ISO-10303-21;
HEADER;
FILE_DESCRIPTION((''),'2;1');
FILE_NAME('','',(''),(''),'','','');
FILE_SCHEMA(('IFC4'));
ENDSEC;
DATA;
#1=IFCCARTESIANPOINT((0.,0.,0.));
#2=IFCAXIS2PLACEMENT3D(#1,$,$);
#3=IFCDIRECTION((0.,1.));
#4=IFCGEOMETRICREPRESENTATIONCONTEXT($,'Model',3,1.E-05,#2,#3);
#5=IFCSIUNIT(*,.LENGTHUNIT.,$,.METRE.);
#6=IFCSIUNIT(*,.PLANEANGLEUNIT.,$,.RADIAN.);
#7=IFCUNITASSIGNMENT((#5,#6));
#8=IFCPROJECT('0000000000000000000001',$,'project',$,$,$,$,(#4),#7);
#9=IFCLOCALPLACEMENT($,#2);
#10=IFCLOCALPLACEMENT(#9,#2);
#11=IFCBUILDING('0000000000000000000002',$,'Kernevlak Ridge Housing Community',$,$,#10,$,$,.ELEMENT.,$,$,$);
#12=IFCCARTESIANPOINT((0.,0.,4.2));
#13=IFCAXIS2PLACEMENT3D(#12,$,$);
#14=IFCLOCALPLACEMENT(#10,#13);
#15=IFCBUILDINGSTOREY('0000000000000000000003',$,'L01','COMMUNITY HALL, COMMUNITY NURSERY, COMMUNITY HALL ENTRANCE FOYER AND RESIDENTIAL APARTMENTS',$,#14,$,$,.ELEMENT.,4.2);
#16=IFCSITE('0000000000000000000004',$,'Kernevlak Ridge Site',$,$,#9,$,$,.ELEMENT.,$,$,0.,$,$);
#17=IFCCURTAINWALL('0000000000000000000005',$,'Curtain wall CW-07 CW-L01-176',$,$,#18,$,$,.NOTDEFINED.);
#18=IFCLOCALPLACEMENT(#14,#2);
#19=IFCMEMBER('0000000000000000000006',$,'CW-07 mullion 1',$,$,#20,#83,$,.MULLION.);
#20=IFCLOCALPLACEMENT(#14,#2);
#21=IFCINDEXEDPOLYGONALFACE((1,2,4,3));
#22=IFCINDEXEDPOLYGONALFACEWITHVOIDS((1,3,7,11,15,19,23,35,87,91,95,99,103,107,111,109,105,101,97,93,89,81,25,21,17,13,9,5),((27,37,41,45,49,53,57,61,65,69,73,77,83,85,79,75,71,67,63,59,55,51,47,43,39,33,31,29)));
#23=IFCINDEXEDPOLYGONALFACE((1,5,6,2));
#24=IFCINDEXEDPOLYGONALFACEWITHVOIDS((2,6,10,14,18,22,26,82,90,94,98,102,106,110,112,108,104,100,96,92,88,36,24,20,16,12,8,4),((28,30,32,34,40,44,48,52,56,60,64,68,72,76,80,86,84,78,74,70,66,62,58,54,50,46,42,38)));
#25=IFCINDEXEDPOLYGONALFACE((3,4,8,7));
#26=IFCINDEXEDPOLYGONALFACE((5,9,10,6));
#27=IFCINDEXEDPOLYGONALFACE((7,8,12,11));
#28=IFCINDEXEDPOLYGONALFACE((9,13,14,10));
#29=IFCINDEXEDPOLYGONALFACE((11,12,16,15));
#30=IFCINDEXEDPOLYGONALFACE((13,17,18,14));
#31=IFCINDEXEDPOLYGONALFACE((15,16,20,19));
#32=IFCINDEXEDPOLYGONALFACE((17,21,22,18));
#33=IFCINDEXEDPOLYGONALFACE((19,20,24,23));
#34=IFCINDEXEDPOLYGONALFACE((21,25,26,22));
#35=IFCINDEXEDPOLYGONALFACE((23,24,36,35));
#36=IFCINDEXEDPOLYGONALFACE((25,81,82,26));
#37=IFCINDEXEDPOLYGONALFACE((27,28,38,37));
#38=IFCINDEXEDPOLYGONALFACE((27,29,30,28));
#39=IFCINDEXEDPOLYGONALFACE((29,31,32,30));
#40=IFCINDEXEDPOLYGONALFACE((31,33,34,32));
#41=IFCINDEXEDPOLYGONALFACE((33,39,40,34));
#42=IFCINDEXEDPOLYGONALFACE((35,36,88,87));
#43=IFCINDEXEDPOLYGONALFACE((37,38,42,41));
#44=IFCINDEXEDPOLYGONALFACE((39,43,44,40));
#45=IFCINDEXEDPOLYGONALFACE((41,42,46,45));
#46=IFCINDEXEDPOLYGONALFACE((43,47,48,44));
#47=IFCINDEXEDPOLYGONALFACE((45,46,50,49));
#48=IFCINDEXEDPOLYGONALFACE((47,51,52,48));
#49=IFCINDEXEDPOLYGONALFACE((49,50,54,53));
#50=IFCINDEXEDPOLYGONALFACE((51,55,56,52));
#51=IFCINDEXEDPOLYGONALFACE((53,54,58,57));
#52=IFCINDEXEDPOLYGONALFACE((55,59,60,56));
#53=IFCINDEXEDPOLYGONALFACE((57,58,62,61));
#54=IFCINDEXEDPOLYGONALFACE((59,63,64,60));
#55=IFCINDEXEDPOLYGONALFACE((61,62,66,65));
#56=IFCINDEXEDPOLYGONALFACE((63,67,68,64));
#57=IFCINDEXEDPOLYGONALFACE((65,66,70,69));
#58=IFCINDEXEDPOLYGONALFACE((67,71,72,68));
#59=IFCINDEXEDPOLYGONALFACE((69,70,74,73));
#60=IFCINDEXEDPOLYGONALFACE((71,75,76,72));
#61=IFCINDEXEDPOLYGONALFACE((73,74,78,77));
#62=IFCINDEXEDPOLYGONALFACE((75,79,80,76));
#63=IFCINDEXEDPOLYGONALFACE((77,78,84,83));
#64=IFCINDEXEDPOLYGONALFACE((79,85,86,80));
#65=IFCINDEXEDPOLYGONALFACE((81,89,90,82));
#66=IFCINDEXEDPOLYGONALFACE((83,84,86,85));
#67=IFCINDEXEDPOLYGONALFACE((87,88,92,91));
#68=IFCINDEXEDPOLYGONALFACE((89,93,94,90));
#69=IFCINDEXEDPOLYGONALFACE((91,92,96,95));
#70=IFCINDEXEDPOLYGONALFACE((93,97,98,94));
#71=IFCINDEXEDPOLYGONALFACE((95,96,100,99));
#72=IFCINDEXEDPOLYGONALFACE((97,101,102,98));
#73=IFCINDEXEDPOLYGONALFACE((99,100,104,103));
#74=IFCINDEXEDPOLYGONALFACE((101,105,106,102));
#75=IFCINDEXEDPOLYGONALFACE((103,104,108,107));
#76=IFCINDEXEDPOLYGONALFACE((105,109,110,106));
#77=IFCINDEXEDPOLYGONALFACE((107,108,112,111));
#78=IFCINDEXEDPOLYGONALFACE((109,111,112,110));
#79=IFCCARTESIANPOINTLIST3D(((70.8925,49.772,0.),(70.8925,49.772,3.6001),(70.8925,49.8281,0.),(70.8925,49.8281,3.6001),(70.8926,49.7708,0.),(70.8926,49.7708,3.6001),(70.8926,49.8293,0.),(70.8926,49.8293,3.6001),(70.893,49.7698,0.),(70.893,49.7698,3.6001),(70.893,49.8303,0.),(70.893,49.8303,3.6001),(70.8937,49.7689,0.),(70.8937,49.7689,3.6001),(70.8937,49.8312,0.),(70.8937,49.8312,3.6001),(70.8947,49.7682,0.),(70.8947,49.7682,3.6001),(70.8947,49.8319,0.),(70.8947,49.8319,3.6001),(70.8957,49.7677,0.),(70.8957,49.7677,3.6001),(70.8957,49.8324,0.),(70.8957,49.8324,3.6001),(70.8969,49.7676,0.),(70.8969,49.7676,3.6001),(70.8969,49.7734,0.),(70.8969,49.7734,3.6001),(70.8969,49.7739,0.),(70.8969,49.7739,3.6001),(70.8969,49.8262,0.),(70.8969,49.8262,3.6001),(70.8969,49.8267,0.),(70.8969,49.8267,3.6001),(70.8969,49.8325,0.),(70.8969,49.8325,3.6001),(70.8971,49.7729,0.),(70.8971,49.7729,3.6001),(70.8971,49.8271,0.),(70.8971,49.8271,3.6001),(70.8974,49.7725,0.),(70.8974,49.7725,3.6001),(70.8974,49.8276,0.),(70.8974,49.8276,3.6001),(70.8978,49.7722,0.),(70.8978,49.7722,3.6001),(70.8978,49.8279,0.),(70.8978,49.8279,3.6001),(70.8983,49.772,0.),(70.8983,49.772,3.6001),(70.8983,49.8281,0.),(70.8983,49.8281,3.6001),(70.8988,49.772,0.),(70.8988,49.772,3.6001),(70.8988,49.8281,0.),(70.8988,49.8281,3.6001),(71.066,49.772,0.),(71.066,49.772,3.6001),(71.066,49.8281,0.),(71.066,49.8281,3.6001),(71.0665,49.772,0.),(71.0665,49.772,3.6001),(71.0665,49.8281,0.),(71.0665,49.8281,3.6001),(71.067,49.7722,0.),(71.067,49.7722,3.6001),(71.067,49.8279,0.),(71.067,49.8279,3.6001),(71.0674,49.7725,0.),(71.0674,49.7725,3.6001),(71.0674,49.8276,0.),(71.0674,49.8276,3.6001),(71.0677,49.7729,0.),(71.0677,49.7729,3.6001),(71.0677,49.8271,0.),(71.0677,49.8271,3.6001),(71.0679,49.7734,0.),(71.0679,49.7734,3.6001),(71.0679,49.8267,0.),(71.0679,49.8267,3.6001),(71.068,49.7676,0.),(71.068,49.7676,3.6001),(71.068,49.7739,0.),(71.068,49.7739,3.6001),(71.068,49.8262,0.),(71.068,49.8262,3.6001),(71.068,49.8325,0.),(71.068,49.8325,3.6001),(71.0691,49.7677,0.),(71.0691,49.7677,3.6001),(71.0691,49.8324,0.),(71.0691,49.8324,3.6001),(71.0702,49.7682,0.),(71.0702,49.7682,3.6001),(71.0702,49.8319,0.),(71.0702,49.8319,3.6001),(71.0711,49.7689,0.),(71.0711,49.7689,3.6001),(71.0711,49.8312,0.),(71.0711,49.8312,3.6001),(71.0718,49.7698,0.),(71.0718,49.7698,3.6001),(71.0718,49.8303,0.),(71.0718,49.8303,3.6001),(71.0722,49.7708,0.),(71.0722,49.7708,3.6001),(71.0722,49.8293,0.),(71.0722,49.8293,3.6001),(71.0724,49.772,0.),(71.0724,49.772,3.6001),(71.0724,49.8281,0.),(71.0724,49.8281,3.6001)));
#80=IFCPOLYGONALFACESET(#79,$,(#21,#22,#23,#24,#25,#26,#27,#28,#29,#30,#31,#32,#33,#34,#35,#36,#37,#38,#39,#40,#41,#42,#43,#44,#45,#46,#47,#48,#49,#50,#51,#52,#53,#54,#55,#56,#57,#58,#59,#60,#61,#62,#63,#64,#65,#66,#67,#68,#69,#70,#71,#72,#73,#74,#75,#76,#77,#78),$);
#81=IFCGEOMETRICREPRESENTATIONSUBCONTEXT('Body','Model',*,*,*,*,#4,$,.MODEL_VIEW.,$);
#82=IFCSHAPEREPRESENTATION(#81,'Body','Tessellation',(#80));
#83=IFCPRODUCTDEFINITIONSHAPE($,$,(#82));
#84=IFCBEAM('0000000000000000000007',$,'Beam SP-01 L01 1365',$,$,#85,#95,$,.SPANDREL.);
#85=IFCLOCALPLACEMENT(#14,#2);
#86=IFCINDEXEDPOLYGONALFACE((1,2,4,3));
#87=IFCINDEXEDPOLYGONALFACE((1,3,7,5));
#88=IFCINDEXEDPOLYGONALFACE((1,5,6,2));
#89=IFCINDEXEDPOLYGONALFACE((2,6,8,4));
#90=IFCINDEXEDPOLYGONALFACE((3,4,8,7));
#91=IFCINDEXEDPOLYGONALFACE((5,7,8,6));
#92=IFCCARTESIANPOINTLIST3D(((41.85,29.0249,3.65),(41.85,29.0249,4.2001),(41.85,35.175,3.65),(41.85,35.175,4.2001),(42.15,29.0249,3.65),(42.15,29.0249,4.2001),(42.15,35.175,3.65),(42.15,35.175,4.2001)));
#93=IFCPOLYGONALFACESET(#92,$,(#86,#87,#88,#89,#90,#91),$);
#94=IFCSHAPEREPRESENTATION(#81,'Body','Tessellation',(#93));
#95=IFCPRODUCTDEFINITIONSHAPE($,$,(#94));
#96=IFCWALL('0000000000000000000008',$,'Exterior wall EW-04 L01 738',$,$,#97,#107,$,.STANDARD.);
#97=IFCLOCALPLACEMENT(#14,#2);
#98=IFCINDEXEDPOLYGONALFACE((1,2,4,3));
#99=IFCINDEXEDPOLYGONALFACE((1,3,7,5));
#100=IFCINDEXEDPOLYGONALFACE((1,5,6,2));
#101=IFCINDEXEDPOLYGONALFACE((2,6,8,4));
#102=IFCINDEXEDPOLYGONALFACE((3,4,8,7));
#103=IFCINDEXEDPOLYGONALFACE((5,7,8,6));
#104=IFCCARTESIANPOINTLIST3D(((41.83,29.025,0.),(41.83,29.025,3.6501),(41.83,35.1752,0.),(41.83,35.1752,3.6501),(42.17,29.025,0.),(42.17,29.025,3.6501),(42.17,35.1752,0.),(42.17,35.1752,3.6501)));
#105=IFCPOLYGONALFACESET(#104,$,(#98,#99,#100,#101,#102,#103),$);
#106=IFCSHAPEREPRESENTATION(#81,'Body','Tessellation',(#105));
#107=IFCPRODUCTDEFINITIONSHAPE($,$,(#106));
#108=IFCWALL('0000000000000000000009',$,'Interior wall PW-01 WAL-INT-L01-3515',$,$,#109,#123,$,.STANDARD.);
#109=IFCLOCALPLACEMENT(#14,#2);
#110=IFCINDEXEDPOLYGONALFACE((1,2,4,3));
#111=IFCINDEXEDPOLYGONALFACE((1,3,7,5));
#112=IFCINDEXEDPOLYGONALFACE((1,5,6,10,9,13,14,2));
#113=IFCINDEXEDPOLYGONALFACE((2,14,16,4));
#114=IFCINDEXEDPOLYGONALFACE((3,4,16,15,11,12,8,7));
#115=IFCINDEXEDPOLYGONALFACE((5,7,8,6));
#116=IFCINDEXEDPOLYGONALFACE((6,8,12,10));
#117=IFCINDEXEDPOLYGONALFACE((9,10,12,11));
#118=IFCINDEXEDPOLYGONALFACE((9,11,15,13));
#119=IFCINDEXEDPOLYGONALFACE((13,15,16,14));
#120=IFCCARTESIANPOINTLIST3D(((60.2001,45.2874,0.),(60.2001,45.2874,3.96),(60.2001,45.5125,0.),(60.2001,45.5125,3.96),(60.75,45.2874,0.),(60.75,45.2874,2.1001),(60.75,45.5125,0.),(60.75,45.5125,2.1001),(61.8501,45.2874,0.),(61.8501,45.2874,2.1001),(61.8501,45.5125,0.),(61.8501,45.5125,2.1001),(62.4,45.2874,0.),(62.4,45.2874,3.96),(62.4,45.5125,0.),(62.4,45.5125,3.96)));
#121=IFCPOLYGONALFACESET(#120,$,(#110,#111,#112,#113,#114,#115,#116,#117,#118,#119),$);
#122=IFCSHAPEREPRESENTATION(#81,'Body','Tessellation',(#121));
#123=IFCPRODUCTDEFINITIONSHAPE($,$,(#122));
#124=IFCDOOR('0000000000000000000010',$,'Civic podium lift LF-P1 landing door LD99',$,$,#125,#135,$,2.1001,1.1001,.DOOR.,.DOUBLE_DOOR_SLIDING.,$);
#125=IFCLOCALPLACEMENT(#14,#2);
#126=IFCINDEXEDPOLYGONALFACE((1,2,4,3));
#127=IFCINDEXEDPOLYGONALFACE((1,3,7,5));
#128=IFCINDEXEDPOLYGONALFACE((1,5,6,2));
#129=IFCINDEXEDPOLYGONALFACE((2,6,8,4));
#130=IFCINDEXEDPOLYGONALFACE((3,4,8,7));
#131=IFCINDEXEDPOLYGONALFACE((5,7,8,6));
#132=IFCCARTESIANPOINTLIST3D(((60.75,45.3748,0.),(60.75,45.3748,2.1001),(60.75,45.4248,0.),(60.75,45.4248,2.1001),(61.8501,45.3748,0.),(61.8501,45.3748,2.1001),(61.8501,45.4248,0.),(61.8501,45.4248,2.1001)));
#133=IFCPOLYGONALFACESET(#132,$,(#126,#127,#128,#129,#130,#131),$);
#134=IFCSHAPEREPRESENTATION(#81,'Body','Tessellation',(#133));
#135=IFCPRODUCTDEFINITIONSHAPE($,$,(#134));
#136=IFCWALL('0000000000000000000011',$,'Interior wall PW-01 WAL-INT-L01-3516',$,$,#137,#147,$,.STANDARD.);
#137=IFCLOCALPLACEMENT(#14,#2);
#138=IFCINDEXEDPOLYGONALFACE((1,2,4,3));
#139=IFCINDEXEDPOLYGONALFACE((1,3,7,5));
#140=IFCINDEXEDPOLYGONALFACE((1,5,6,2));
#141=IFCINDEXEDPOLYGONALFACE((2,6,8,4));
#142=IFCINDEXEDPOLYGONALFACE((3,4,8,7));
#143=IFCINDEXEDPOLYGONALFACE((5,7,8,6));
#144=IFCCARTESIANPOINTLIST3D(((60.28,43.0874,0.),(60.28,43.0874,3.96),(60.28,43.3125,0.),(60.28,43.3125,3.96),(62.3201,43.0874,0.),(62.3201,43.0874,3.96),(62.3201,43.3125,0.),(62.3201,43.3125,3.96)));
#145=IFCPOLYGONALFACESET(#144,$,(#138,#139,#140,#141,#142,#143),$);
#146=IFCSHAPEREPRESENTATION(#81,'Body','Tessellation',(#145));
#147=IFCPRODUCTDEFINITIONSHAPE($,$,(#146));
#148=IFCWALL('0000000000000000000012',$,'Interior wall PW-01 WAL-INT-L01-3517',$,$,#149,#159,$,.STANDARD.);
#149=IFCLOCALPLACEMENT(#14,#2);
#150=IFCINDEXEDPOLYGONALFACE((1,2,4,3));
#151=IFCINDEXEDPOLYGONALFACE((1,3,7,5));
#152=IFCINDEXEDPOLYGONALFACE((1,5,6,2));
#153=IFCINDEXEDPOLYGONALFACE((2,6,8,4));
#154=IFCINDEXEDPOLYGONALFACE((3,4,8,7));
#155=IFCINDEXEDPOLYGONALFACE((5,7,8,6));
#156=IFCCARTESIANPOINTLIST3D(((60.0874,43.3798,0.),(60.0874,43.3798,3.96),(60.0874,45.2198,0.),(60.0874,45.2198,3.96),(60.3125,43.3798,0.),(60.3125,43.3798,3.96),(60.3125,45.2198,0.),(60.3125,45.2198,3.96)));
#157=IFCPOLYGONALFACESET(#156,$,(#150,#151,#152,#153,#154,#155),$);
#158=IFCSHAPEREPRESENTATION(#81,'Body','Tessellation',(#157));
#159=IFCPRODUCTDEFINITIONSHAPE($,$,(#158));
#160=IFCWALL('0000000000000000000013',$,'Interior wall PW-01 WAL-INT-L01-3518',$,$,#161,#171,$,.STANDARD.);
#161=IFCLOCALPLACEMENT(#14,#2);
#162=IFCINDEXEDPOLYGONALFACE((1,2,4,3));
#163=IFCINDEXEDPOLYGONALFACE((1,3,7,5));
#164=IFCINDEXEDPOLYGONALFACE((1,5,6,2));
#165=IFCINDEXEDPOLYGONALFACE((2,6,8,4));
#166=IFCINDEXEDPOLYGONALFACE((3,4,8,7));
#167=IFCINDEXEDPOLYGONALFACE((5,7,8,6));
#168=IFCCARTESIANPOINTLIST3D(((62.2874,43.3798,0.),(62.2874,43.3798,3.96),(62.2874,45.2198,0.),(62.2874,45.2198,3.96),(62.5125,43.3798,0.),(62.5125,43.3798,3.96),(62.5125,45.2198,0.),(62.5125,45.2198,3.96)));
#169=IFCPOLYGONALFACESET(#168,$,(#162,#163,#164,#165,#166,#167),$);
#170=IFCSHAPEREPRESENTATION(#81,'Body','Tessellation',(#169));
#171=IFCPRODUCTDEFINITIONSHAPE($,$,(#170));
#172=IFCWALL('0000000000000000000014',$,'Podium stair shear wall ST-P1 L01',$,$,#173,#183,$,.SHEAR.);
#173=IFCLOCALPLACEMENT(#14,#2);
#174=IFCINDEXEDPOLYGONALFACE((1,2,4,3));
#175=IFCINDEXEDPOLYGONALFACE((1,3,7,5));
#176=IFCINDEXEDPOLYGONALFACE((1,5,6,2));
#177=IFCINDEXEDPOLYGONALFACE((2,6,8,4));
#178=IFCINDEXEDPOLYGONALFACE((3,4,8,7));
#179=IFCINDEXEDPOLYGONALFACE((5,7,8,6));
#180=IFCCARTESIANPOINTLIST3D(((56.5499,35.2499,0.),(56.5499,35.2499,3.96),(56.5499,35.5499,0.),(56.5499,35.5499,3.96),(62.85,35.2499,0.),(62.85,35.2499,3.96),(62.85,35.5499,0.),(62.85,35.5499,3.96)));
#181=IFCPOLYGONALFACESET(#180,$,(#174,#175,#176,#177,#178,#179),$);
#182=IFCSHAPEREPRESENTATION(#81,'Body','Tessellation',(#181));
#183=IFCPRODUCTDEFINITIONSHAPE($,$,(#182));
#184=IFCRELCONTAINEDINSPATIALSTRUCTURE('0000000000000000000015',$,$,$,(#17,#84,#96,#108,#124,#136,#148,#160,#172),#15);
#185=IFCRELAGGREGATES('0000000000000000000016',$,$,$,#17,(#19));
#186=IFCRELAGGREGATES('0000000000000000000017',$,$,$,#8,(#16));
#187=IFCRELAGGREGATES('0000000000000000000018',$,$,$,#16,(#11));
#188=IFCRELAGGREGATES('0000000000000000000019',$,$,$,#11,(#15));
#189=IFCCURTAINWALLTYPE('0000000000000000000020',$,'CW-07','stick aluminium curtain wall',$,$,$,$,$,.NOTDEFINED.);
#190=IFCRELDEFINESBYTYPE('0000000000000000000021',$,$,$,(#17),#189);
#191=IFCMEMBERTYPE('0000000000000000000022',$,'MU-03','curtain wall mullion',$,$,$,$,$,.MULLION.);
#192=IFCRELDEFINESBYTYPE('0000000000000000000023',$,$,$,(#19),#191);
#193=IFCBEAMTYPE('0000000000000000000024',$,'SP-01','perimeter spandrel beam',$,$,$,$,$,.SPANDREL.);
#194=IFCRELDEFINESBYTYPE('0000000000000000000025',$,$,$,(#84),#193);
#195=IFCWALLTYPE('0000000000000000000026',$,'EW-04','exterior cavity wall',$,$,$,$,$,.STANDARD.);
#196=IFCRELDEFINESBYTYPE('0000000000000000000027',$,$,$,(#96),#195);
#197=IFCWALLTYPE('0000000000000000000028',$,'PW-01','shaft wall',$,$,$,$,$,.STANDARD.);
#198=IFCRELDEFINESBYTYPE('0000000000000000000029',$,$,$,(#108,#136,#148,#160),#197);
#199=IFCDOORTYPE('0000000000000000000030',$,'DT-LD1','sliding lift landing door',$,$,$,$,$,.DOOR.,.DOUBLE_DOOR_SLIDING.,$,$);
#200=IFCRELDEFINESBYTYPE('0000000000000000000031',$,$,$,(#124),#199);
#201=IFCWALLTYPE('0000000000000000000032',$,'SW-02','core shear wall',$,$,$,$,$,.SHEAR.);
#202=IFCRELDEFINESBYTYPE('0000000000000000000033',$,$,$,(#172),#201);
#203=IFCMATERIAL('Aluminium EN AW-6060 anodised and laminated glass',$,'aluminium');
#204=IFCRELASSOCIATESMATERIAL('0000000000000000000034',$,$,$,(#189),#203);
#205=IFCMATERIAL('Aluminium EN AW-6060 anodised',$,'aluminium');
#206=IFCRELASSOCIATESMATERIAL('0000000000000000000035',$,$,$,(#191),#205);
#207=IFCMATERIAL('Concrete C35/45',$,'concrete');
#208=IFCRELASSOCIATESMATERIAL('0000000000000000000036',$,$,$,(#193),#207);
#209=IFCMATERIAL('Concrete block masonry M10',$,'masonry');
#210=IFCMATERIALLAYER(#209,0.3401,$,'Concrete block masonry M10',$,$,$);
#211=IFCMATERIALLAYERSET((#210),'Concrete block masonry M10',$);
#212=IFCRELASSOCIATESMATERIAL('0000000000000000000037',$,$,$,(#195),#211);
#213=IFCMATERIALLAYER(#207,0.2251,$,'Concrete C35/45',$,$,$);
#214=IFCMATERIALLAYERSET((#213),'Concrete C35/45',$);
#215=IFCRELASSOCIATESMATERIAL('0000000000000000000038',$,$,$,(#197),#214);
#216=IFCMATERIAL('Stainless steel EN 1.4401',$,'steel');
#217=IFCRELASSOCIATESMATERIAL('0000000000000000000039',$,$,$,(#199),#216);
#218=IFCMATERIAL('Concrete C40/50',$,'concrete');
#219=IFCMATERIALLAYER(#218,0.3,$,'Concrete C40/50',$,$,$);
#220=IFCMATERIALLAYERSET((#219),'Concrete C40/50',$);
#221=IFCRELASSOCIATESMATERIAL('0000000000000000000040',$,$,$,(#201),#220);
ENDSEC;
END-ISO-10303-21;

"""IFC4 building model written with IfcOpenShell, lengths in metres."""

from ifc_helpers import new_model, si_unit, direction, frame, frame_2d, origin, origin_2d, place, context, subcontext, project, spatial, rectangle, hollow_rectangle, extrude, material, layer, layer_set, material_profile, profile_set, type_object, element, fill, aggregate, save


model = new_model("IFC4")

# Units and contexts
model_context = context("Model", 3, precision=1e-05, world=origin(), true_north=direction((0.0, 1.0)))
body_context = subcontext(model_context, "Body", "Model", "MODEL_VIEW")
ifc_project = project(units=[si_unit("LENGTHUNIT", "METRE"), si_unit("PLANEANGLEUNIT", "RADIAN")], contexts=[model_context])

# Site, building, storey
site_placement = place(None, origin())
site = spatial("IfcSite", under=ifc_project, at=site_placement, Name="Kernevlak Ridge Site", CompositionType="ELEMENT", RefElevation=0.0)
building_placement = place(site_placement, origin())
building = spatial("IfcBuilding", under=site, at=building_placement, Name="Kernevlak Ridge Housing Community", CompositionType="ELEMENT")
storey_placement = place(building_placement, frame((0.0, 0.0, 4.2)))
storey = spatial("IfcBuildingStorey", under=building, at=storey_placement, Name="L01", Description="COMMUNITY HALL, COMMUNITY NURSERY, COMMUNITY HALL ENTRANCE FOYER AND RESIDENTIAL APARTMENTS", CompositionType="ELEMENT", Elevation=4.2)

# Shared definitions
ifc_material_1 = material(Name="Concrete C35/45", Category="concrete")

# Curtain wall, member
ifc_material_2 = material(Name="Aluminium EN AW-6060 anodised and laminated glass", Category="aluminium")
curtain_wall_type = type_object("IfcCurtainWallType", Name="CW-07", Description="stick aluminium curtain wall", PredefinedType="NOTDEFINED", material=ifc_material_2)
curtain_wall_placement = place(storey_placement, origin())
curtain_wall = element("IfcCurtainWall", 1, at=curtain_wall_placement, inside=storey, type_object=curtain_wall_type, Name="Curtain wall CW-07 CW-L01-176", PredefinedType="NOTDEFINED")
ifc_material_3 = material(Name="Aluminium EN AW-6060 anodised", Category="aluminium")
ifc_material_profile_1 = material_profile(ifc_material_3, hollow_rectangle(XDim=0.0649, YDim=0.1799, WallThickness=0.0044, InnerFilletRadius=0.002, OuterFilletRadius=0.0044, at=origin_2d()), Name="ALU 65x180x4.5")
ifc_profile_set_1 = profile_set([ifc_material_profile_1], Name="Aluminium EN AW-6060 anodised")
member_type = type_object("IfcMemberType", Name="MU-03", Description="curtain wall mullion", PredefinedType="MULLION", material=ifc_profile_set_1)
member_placement = place(storey_placement, frame((70.9824, 49.8, 0.0), z_axis=(0.0, 0.0, 1.0), x_axis=(0.0, 1.0, 0.0)))
member = element("IfcMember", 2, at=member_placement, type_object=member_type, Name="CW-07 mullion 1", PredefinedType="MULLION", context=body_context, shape_type="SweptSolid", body=[
    extrude(hollow_rectangle(XDim=0.0649, YDim=0.1799, WallThickness=0.0044, InnerFilletRadius=0.002, OuterFilletRadius=0.0044, at=origin_2d()), origin(), (0.0, 0.0, 1.0), 3.6001),
])
aggregate(curtain_wall, [member])

# Beam
ifc_material_profile_2 = material_profile(ifc_material_1, rectangle(XDim=0.3, YDim=0.55, at=origin_2d()), Name="RC 300x550")
ifc_profile_set_2 = profile_set([ifc_material_profile_2], Name="Concrete C35/45")
beam_type_1 = type_object("IfcBeamType", Name="SP-01", Description="perimeter spandrel beam", PredefinedType="SPANDREL", material=ifc_profile_set_2)
beam_1_placement = place(storey_placement, frame((42.0, 29.0249, 3.925), z_axis=(0.0, 1.0, 0.0), x_axis=(-1.0, 0.0, 0.0)))
element("IfcBeam", 3, at=beam_1_placement, inside=storey, type_object=beam_type_1, Name="Beam SP-01 L01 1365", PredefinedType="SPANDREL", context=body_context, shape_type="SweptSolid", body=[
    extrude(rectangle(XDim=0.3, YDim=0.55, at=origin_2d()), origin(), (0.0, 0.0, 1.0), 6.1501),
])

# Shared definitions
ifc_material_4 = material(Name="Concrete block masonry M10", Category="masonry")

# Wall
ifc_layer_1 = layer(ifc_material_4, 0.3401, Name="Concrete block masonry M10")
ifc_layer_set_1 = layer_set([ifc_layer_1], Name="Concrete block masonry M10")
wall_type_1 = type_object("IfcWallType", Name="EW-04", Description="exterior cavity wall", PredefinedType="STANDARD", material=ifc_layer_set_1)
wall_1_placement = place(storey_placement, frame((42.0, 29.0249, 0.0), z_axis=(0.0, 0.0, 1.0), x_axis=(0.0, 1.0, 0.0)))
element("IfcWall", 4, at=wall_1_placement, inside=storey, type_object=wall_type_1, Name="Exterior wall EW-04 L01 738", PredefinedType="STANDARD", context=body_context, shape_type="SweptSolid", body=[
    extrude(rectangle(XDim=6.1501, YDim=0.3401, at=frame_2d((3.0752, 0.0))), origin(), (0.0, 0.0, 1.0), 3.6501),
])

# Wall, opening, door
ifc_layer_2 = layer(ifc_material_1, 0.2251, Name="Concrete C35/45")
ifc_layer_set_2 = layer_set([ifc_layer_2], Name="Concrete C35/45")
wall_type_2 = type_object("IfcWallType", Name="PW-01", Description="shaft wall", PredefinedType="STANDARD", material=ifc_layer_set_2)
wall_2_placement = place(storey_placement, frame((60.2, 45.3999, 0.0), z_axis=(0.0, 0.0, 1.0), x_axis=(1.0, 0.0, 0.0)))
wall_2 = element("IfcWall", 5, at=wall_2_placement, inside=storey, type_object=wall_type_2, Name="Interior wall PW-01 WAL-INT-L01-3515", PredefinedType="STANDARD", context=body_context, shape_type="SweptSolid", body=[
    extrude(rectangle(XDim=2.2, YDim=0.2251, at=frame_2d((1.1001, 0.0))), origin(), (0.0, 0.0, 1.0), 3.96),
])
opening_1_placement = place(wall_2_placement, frame((0.55, 0.0, 0.0)))
opening_1 = element("IfcOpeningElement", 6, at=opening_1_placement, cuts=wall_2, PredefinedType="OPENING", context=body_context, shape_type="SweptSolid", body=[
    extrude(rectangle(XDim=1.1001, YDim=2.1001, at=frame_2d((0.55, 1.05))), frame((0.0, 0.1226, 0.0), z_axis=(0.0, -1.0, 0.0), x_axis=(1.0, 0.0, 0.0)), (0.0, 0.0, 1.0), 0.2451),
])
ifc_material_5 = material(Name="Stainless steel EN 1.4401", Category="steel")
door_type_1 = type_object("IfcDoorType", Name="DT-LD1", Description="sliding lift landing door", OperationType="DOUBLE_DOOR_SLIDING", PredefinedType="DOOR", material=ifc_material_5)
door_1_placement = place(opening_1_placement, origin())
door_1 = element("IfcDoor", 7, at=door_1_placement, inside=storey, type_object=door_type_1, Name="Civic podium lift LF-P1 landing door LD99", OperationType="DOUBLE_DOOR_SLIDING", OverallHeight=2.1001, OverallWidth=1.1001, PredefinedType="DOOR", context=body_context, shape_type="SweptSolid", body=[
    extrude(rectangle(XDim=1.1001, YDim=2.1001, at=frame_2d((0.55, 1.05))), frame((0.0, 0.0249, 0.0), z_axis=(0.0, -1.0, 0.0), x_axis=(1.0, 0.0, 0.0)), (0.0, 0.0, 1.0), 0.05),
])
fill(opening_1, door_1)

# Walls
wall_3_placement = place(storey_placement, frame((60.28, 43.2, 0.0), z_axis=(0.0, 0.0, 1.0), x_axis=(1.0, 0.0, 0.0)))
element("IfcWall", 8, at=wall_3_placement, inside=storey, type_object=wall_type_2, Name="Interior wall PW-01 WAL-INT-L01-3516", PredefinedType="STANDARD", context=body_context, shape_type="SweptSolid", body=[
    extrude(rectangle(XDim=2.04, YDim=0.2251, at=frame_2d((1.02, 0.0))), origin(), (0.0, 0.0, 1.0), 3.96),
])
for number, where, z_axis, x_axis, name in (
    (9, (60.2, 43.3799, 0.0), (0.0, 0.0, 1.0), (0.0, 1.0, 0.0), "Interior wall PW-01 WAL-INT-L01-3517"),
    (10, (62.3999, 43.3799, 0.0), (0.0, 0.0, 1.0), (0.0, 1.0, 0.0), "Interior wall PW-01 WAL-INT-L01-3518"),
):
    element("IfcWall", number, at=place(storey_placement, frame(where, z_axis=z_axis, x_axis=x_axis)), inside=storey, type_object=wall_type_2, Name=name, PredefinedType="STANDARD", context=body_context, shape_type="SweptSolid", body=[
        extrude(rectangle(XDim=1.8401, YDim=0.2251, at=frame_2d((0.9199, 0.0))), origin(), (0.0, 0.0, 1.0), 3.96),
    ])
ifc_material_6 = material(Name="Concrete C40/50", Category="concrete")
ifc_layer_3 = layer(ifc_material_6, 0.3, Name="Concrete C40/50")
ifc_layer_set_3 = layer_set([ifc_layer_3], Name="Concrete C40/50")
wall_type_3 = type_object("IfcWallType", Name="SW-02", Description="core shear wall", PredefinedType="SHEAR", material=ifc_layer_set_3)
wall_4_placement = place(storey_placement, frame((56.55, 35.3999, 0.0), z_axis=(0.0, 0.0, 1.0), x_axis=(1.0, 0.0, 0.0)))
element("IfcWall", 11, at=wall_4_placement, inside=storey, type_object=wall_type_3, Name="Podium stair shear wall ST-P1 L01", PredefinedType="SHEAR", context=body_context, shape_type="SweptSolid", body=[
    extrude(rectangle(XDim=6.3, YDim=0.3, at=frame_2d((3.1499, 0.0))), origin(), (0.0, 0.0, 1.0), 3.96),
])

save(model, "model.ifc")
